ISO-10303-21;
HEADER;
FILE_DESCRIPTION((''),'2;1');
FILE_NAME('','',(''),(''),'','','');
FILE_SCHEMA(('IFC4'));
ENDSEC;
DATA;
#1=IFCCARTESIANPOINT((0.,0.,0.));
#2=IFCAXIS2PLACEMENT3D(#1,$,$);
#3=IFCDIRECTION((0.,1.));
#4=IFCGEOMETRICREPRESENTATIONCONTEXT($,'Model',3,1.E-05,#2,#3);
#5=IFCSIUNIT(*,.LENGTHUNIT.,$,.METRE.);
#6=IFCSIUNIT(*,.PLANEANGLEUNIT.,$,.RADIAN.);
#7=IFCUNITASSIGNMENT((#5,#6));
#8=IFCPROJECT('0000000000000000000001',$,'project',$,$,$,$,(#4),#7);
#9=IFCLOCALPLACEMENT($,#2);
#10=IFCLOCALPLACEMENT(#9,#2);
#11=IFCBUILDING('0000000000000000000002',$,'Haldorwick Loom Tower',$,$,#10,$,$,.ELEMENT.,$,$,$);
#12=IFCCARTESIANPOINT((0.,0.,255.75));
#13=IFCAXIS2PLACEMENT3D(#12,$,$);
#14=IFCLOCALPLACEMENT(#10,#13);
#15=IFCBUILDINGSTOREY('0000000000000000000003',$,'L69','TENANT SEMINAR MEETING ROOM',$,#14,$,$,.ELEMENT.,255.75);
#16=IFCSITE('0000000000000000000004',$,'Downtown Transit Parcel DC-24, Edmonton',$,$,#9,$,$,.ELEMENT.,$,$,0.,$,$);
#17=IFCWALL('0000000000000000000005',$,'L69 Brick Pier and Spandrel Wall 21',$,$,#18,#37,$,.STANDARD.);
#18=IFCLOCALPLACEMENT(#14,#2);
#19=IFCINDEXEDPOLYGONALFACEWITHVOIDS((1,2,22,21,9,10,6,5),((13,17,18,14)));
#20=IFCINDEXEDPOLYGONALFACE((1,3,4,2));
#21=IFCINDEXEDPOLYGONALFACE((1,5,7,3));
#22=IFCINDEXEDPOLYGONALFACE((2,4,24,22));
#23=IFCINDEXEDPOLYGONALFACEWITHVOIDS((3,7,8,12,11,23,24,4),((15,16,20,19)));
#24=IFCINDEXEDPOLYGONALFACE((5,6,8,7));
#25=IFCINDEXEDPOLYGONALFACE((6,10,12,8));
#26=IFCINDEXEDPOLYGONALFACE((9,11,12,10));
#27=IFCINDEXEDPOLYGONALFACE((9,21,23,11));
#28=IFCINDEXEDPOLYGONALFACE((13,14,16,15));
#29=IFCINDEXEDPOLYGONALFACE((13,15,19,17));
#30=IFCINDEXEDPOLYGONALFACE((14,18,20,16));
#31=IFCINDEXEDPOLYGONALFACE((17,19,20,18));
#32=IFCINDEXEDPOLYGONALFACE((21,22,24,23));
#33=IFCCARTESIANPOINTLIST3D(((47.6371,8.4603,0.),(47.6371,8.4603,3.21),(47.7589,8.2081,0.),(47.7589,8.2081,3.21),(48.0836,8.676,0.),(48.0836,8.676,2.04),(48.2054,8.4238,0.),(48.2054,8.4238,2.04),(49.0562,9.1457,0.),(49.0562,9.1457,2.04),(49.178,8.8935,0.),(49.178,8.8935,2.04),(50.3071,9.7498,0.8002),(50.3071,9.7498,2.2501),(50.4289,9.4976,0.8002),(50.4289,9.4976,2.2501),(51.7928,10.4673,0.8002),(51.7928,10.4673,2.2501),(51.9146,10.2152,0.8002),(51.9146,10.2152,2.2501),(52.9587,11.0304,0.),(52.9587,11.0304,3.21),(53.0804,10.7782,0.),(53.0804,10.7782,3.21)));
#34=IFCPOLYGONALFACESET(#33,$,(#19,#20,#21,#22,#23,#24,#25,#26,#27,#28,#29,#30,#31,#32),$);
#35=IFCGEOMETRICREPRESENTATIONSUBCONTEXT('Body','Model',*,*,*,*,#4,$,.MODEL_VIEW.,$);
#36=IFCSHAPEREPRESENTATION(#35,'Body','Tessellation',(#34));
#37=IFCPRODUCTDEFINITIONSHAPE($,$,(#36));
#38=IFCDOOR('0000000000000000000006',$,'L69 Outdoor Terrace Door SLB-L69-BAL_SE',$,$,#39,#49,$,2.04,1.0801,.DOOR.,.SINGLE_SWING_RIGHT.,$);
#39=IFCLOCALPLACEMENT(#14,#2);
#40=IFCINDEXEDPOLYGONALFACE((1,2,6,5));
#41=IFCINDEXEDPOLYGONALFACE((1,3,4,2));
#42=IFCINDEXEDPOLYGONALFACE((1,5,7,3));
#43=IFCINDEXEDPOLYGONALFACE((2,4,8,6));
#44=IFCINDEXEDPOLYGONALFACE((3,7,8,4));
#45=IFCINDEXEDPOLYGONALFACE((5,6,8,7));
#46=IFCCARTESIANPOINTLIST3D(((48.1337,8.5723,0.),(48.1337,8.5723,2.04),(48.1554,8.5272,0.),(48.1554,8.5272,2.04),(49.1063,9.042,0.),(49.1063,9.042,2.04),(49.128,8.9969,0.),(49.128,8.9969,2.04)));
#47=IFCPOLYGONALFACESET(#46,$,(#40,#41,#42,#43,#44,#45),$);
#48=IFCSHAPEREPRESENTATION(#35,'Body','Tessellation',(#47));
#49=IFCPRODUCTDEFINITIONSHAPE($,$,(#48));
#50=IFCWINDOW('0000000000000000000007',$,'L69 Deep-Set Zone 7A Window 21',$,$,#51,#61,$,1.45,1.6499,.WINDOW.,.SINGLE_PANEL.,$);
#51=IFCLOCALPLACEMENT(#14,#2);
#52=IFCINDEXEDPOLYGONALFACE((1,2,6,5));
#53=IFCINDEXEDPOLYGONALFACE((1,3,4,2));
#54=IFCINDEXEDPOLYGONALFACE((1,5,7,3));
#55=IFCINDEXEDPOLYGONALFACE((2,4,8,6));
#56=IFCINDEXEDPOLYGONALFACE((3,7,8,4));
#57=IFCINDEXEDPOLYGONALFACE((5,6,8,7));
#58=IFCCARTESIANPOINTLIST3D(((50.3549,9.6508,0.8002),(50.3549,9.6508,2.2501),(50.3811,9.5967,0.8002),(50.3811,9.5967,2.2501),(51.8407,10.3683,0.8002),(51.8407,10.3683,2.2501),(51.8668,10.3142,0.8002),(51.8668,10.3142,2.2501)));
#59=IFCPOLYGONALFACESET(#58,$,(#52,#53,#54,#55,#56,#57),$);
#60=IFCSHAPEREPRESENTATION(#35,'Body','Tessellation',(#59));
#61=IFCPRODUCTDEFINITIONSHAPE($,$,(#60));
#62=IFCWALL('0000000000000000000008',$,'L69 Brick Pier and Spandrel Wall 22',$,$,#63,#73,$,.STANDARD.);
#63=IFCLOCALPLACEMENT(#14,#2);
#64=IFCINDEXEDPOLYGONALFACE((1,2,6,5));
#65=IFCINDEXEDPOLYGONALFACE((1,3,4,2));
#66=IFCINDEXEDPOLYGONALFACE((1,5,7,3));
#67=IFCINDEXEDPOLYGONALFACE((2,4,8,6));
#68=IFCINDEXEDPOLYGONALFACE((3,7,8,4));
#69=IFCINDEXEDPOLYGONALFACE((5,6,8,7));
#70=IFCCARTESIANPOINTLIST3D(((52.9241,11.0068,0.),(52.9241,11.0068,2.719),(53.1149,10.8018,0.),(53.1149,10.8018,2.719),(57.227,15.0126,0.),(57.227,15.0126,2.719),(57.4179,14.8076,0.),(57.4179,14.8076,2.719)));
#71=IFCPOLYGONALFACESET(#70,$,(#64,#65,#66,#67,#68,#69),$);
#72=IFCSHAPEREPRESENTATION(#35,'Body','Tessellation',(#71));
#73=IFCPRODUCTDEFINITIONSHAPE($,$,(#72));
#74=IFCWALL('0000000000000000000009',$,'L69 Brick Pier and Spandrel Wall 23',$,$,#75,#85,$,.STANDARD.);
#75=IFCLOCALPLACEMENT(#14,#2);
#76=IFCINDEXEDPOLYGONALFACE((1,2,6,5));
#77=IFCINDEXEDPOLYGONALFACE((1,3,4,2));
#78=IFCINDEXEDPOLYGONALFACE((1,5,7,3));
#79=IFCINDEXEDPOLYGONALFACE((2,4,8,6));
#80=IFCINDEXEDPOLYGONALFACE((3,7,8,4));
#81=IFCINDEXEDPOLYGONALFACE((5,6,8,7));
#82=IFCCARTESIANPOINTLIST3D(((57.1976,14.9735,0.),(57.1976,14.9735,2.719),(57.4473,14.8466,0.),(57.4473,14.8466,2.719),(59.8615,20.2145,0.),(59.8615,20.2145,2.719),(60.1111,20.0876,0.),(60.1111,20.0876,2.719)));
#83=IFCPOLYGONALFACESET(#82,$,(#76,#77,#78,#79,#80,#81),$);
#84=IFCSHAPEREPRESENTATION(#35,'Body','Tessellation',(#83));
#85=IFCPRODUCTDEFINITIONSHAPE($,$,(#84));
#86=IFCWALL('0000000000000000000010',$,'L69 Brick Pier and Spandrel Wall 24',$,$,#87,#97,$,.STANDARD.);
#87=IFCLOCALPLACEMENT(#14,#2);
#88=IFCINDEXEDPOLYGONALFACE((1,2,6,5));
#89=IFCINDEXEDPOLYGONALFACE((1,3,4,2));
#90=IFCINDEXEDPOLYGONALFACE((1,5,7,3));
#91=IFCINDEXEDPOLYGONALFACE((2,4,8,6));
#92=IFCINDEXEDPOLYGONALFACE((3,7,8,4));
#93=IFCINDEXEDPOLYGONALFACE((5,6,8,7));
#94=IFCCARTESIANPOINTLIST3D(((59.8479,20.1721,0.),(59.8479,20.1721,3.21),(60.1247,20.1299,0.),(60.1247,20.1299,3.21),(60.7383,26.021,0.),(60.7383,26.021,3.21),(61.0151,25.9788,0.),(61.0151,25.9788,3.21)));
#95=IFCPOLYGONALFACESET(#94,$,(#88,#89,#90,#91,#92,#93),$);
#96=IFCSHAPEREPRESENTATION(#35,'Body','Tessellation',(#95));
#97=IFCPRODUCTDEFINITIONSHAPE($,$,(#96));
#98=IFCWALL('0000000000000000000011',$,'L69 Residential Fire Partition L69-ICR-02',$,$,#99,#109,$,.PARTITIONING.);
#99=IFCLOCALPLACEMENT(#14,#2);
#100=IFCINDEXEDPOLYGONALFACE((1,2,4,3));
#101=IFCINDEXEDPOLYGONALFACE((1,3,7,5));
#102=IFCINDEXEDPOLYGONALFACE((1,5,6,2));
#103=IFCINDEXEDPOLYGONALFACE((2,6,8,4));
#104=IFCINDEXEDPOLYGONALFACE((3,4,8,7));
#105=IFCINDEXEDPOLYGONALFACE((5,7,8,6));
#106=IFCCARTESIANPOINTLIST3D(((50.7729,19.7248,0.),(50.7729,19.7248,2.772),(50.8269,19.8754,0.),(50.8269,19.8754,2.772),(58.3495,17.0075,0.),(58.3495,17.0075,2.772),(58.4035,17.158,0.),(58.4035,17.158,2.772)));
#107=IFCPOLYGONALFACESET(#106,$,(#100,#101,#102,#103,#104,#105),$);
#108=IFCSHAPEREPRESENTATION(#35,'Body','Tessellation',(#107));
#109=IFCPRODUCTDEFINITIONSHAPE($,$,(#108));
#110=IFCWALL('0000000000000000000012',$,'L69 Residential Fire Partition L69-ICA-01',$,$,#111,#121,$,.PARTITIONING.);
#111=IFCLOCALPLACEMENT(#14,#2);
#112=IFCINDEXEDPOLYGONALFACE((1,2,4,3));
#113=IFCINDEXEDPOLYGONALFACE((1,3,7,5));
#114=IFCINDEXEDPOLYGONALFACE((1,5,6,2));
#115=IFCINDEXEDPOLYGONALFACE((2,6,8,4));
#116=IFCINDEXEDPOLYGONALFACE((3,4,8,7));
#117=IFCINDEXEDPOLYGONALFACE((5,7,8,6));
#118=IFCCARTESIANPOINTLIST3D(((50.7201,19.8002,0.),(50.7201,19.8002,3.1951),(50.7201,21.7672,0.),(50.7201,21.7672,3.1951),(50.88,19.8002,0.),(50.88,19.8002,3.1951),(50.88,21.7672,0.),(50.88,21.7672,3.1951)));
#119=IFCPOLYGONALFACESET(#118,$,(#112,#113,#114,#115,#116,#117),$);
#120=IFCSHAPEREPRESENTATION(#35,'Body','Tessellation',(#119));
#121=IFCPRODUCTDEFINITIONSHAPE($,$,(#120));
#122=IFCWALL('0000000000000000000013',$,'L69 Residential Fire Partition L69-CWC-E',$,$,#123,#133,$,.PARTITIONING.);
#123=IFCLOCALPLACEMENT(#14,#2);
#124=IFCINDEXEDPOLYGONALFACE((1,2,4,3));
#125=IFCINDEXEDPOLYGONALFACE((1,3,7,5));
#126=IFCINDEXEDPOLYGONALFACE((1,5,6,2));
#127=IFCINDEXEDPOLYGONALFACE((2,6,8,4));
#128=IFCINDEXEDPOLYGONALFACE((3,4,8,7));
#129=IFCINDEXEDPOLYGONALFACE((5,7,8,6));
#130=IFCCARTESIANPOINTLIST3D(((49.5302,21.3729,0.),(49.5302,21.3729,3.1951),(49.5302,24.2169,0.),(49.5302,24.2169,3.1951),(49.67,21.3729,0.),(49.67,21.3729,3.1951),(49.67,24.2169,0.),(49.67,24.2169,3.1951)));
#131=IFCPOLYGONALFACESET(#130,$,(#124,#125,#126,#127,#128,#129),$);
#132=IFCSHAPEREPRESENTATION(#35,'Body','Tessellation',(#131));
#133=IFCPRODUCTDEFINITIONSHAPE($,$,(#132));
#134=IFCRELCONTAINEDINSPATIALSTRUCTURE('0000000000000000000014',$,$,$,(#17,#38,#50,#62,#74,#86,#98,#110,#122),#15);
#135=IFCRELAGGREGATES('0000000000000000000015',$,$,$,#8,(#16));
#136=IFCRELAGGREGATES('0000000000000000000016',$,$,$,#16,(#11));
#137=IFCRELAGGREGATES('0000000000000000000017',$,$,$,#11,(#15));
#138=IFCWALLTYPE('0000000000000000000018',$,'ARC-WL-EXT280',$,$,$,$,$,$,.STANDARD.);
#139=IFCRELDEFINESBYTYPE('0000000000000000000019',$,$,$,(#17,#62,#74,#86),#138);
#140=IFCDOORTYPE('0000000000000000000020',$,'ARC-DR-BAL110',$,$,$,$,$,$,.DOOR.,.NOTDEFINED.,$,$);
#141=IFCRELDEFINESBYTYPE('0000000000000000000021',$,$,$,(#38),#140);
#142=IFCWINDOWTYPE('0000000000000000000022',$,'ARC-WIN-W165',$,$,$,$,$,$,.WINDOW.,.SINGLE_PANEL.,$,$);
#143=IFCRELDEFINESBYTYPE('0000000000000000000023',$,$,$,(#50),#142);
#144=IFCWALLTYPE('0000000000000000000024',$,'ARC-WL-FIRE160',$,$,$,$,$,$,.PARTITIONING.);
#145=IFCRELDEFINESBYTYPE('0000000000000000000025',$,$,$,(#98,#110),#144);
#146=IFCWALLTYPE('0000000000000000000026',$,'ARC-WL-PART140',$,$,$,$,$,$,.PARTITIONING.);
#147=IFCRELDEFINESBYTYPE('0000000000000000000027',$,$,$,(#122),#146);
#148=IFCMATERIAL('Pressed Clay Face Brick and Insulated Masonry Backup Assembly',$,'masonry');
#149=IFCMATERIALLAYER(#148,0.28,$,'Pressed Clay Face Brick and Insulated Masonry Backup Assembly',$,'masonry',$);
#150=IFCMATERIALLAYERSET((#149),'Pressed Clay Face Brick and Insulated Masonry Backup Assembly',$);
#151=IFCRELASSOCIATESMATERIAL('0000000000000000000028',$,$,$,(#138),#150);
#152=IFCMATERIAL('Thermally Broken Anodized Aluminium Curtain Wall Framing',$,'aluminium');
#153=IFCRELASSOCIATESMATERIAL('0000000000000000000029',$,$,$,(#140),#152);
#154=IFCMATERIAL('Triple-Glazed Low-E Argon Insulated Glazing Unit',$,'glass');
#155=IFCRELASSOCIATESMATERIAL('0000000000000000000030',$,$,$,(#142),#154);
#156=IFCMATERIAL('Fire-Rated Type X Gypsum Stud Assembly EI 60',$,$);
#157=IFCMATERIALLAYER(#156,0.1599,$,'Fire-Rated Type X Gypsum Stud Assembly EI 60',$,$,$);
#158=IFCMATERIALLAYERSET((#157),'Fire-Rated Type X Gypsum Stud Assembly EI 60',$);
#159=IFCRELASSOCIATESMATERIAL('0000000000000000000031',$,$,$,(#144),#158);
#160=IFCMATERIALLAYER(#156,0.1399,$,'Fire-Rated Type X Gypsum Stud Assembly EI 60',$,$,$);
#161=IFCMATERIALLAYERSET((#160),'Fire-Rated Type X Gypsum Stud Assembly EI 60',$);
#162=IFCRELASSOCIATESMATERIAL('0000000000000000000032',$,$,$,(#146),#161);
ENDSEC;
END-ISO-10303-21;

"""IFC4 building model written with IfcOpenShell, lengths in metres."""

from ifc_helpers import new_model, si_unit, direction, frame, frame_2d, origin, place, context, subcontext, project, spatial, rectangle, extrude, material, layer, layer_set, type_object, element, fill, save


model = new_model("IFC4")

# Units and contexts
model_context = context("Model", 3, precision=1e-05, world=origin(), true_north=direction((0.0, 1.0)))
body_context = subcontext(model_context, "Body", "Model", "MODEL_VIEW")
ifc_project = project(units=[si_unit("LENGTHUNIT", "METRE"), si_unit("PLANEANGLEUNIT", "RADIAN")], contexts=[model_context])

# Site, building, storey
site_placement = place(None, origin())
site = spatial("IfcSite", under=ifc_project, at=site_placement, Name="Downtown Transit Parcel DC-24, Edmonton", CompositionType="ELEMENT", RefElevation=0.0)
building_placement = place(site_placement, origin())
building = spatial("IfcBuilding", under=site, at=building_placement, Name="Haldorwick Loom Tower", CompositionType="ELEMENT")
storey_placement = place(building_placement, frame((0.0, 0.0, 255.75)))
storey = spatial("IfcBuildingStorey", under=building, at=storey_placement, Name="L69", Description="TENANT SEMINAR MEETING ROOM", CompositionType="ELEMENT", Elevation=255.75)

# Wall, openings, door, window
ifc_material_1 = material(Name="Pressed Clay Face Brick and Insulated Masonry Backup Assembly", Category="masonry")
ifc_layer_1 = layer(ifc_material_1, 0.28, Name="Pressed Clay Face Brick and Insulated Masonry Backup Assembly", Category="masonry")
ifc_layer_set_1 = layer_set([ifc_layer_1], Name="Pressed Clay Face Brick and Insulated Masonry Backup Assembly")
wall_type_1 = type_object("IfcWallType", Name="ARC-WL-EXT280", PredefinedType="STANDARD", material=ifc_layer_set_1)
wall_1_placement = place(storey_placement, frame((47.698, 8.3342, 0.0), z_axis=(0.0, 0.0, 1.0), x_axis=(0.900482, 0.434893, 0.0)))
wall_1 = element("IfcWall", 1, at=wall_1_placement, inside=storey, type_object=wall_type_1, Name="L69 Brick Pier and Spandrel Wall 21", PredefinedType="STANDARD", context=body_context, shape_type="SweptSolid", body=[
    extrude(rectangle(XDim=5.9097, YDim=0.28, at=frame_2d((2.9548, 0.0))), origin(), (0.0, 0.0, 1.0), 3.21),
])
opening_1_placement = place(wall_1_placement, frame((0.4958, 0.0, 0.0)))
opening_1 = element("IfcOpeningElement", 2, at=opening_1_placement, cuts=wall_1, PredefinedType="OPENING", context=body_context, shape_type="SweptSolid", body=[
    extrude(rectangle(XDim=1.0801, YDim=2.04, at=frame_2d((0.54, 1.02))), frame((0.0, 0.1499, 0.0), z_axis=(0.0, -1.0, 0.0), x_axis=(1.0, 0.0, 0.0)), (0.0, 0.0, 1.0), 0.3),
])
opening_2_placement = place(wall_1_placement, frame((2.9651, 0.0, 0.8)))
opening_2 = element("IfcOpeningElement", 3, at=opening_2_placement, cuts=wall_1, PredefinedType="OPENING", context=body_context, shape_type="SweptSolid", body=[
    extrude(rectangle(XDim=1.6499, YDim=1.45, at=frame_2d((0.825, 0.7251))), frame((0.0, 0.1499, 0.0), z_axis=(0.0, -1.0, 0.0), x_axis=(1.0, 0.0, 0.0)), (0.0, 0.0, 1.0), 0.3),
])
ifc_material_2 = material(Name="Thermally Broken Anodized Aluminium Curtain Wall Framing", Category="aluminium")
door_type = type_object("IfcDoorType", Name="ARC-DR-BAL110", OperationType="NOTDEFINED", PredefinedType="DOOR", material=ifc_material_2)
door_placement = place(opening_1_placement, origin())
door = element("IfcDoor", 4, at=door_placement, inside=storey, type_object=door_type, Name="L69 Outdoor Terrace Door SLB-L69-BAL_SE", OperationType="SINGLE_SWING_RIGHT", OverallHeight=2.04, OverallWidth=1.0801, PredefinedType="DOOR", context=body_context, shape_type="SweptSolid", body=[
    extrude(rectangle(XDim=1.0801, YDim=2.04, at=frame_2d((0.54, 1.02))), frame((0.0, 0.0249, 0.0), z_axis=(0.0, -1.0, 0.0), x_axis=(1.0, 0.0, 0.0)), (0.0, 0.0, 1.0), 0.05),
])
fill(opening_1, door)
ifc_material_3 = material(Name="Triple-Glazed Low-E Argon Insulated Glazing Unit", Category="glass")
window_type = type_object("IfcWindowType", Name="ARC-WIN-W165", PartitioningType="SINGLE_PANEL", PredefinedType="WINDOW", material=ifc_material_3)
window_placement = place(opening_2_placement, origin())
window = element("IfcWindow", 5, at=window_placement, inside=storey, type_object=window_type, Name="L69 Deep-Set Zone 7A Window 21", OverallHeight=1.45, OverallWidth=1.6499, PartitioningType="SINGLE_PANEL", PredefinedType="WINDOW", context=body_context, shape_type="SweptSolid", body=[
    extrude(rectangle(XDim=1.6499, YDim=1.45, at=frame_2d((0.825, 0.7251))), frame((0.0, 0.03, 0.0), z_axis=(0.0, -1.0, 0.0), x_axis=(1.0, 0.0, 0.0)), (0.0, 0.0, 1.0), 0.0601),
])
fill(opening_2, window)

# Walls
wall_2_placement = place(storey_placement, frame((53.0195, 10.9043, 0.0), z_axis=(0.0, 0.0, 1.0), x_axis=(0.731925, 0.681386, 0.0)))
element("IfcWall", 6, at=wall_2_placement, inside=storey, type_object=wall_type_1, Name="L69 Brick Pier and Spandrel Wall 22", PredefinedType="STANDARD", context=body_context, shape_type="SweptSolid", body=[
    extrude(rectangle(XDim=5.8789, YDim=0.28, at=frame_2d((2.9395, 0.0))), origin(), (0.0, 0.0, 1.0), 2.719),
])
wall_3_placement = place(storey_placement, frame((57.3225, 14.9102, 0.0), z_axis=(0.0, 0.0, 1.0), x_axis=(0.453101, 0.891459, 0.0)))
element("IfcWall", 7, at=wall_3_placement, inside=storey, type_object=wall_type_1, Name="L69 Brick Pier and Spandrel Wall 23", PredefinedType="STANDARD", context=body_context, shape_type="SweptSolid", body=[
    extrude(rectangle(XDim=5.8792, YDim=0.28, at=frame_2d((2.9395, 0.0))), origin(), (0.0, 0.0, 1.0), 2.719),
])
wall_4_placement = place(storey_placement, frame((59.9863, 20.1511, 0.0), z_axis=(0.0, 0.0, 1.0), x_axis=(0.150497, 0.98861, 0.0)))
element("IfcWall", 8, at=wall_4_placement, inside=storey, type_object=wall_type_1, Name="L69 Brick Pier and Spandrel Wall 24", PredefinedType="STANDARD", context=body_context, shape_type="SweptSolid", body=[
    extrude(rectangle(XDim=5.9163, YDim=0.28, at=frame_2d((2.958, 0.0))), origin(), (0.0, 0.0, 1.0), 3.21),
])
ifc_material_4 = material(Name="Fire-Rated Type X Gypsum Stud Assembly EI 60")
ifc_layer_2 = layer(ifc_material_4, 0.1599, Name="Fire-Rated Type X Gypsum Stud Assembly EI 60")
ifc_layer_set_2 = layer_set([ifc_layer_2], Name="Fire-Rated Type X Gypsum Stud Assembly EI 60")
wall_type_2 = type_object("IfcWallType", Name="ARC-WL-FIRE160", PredefinedType="PARTITIONING", material=ifc_layer_set_2)
wall_5_placement = place(storey_placement, frame((50.8, 19.8, 0.0), z_axis=(0.0, 0.0, 1.0), x_axis=(0.941292, -0.337595, 0.0)))
element("IfcWall", 9, at=wall_5_placement, inside=storey, type_object=wall_type_2, Name="L69 Residential Fire Partition L69-ICR-02", PredefinedType="PARTITIONING", context=body_context, shape_type="SweptSolid", body=[
    extrude(rectangle(XDim=8.0491, YDim=0.1599, at=frame_2d((4.0244, 0.0))), origin(), (0.0, 0.0, 1.0), 2.772),
])
wall_6_placement = place(storey_placement, frame((50.8, 21.7671, 0.0), z_axis=(0.0, 0.0, 1.0), x_axis=(0.0, -1.0, 0.0)))
element("IfcWall", 10, at=wall_6_placement, inside=storey, type_object=wall_type_2, Name="L69 Residential Fire Partition L69-ICA-01", PredefinedType="PARTITIONING", context=body_context, shape_type="SweptSolid", body=[
    extrude(rectangle(XDim=1.967, YDim=0.1599, at=frame_2d((0.9834, 0.0))), origin(), (0.0, 0.0, 1.0), 3.1951),
])
ifc_layer_3 = layer(ifc_material_4, 0.1399, Name="Fire-Rated Type X Gypsum Stud Assembly EI 60")
ifc_layer_set_3 = layer_set([ifc_layer_3], Name="Fire-Rated Type X Gypsum Stud Assembly EI 60")
wall_type_3 = type_object("IfcWallType", Name="ARC-WL-PART140", PredefinedType="PARTITIONING", material=ifc_layer_set_3)
wall_7_placement = place(storey_placement, frame((49.6001, 21.373, 0.0), z_axis=(0.0, 0.0, 1.0), x_axis=(0.0, 1.0, 0.0)))
element("IfcWall", 11, at=wall_7_placement, inside=storey, type_object=wall_type_3, Name="L69 Residential Fire Partition L69-CWC-E", PredefinedType="PARTITIONING", context=body_context, shape_type="SweptSolid", body=[
    extrude(rectangle(XDim=2.844, YDim=0.1399, at=frame_2d((1.4219, 0.0))), origin(), (0.0, 0.0, 1.0), 3.1951),
])

save(model, "model.ifc")
